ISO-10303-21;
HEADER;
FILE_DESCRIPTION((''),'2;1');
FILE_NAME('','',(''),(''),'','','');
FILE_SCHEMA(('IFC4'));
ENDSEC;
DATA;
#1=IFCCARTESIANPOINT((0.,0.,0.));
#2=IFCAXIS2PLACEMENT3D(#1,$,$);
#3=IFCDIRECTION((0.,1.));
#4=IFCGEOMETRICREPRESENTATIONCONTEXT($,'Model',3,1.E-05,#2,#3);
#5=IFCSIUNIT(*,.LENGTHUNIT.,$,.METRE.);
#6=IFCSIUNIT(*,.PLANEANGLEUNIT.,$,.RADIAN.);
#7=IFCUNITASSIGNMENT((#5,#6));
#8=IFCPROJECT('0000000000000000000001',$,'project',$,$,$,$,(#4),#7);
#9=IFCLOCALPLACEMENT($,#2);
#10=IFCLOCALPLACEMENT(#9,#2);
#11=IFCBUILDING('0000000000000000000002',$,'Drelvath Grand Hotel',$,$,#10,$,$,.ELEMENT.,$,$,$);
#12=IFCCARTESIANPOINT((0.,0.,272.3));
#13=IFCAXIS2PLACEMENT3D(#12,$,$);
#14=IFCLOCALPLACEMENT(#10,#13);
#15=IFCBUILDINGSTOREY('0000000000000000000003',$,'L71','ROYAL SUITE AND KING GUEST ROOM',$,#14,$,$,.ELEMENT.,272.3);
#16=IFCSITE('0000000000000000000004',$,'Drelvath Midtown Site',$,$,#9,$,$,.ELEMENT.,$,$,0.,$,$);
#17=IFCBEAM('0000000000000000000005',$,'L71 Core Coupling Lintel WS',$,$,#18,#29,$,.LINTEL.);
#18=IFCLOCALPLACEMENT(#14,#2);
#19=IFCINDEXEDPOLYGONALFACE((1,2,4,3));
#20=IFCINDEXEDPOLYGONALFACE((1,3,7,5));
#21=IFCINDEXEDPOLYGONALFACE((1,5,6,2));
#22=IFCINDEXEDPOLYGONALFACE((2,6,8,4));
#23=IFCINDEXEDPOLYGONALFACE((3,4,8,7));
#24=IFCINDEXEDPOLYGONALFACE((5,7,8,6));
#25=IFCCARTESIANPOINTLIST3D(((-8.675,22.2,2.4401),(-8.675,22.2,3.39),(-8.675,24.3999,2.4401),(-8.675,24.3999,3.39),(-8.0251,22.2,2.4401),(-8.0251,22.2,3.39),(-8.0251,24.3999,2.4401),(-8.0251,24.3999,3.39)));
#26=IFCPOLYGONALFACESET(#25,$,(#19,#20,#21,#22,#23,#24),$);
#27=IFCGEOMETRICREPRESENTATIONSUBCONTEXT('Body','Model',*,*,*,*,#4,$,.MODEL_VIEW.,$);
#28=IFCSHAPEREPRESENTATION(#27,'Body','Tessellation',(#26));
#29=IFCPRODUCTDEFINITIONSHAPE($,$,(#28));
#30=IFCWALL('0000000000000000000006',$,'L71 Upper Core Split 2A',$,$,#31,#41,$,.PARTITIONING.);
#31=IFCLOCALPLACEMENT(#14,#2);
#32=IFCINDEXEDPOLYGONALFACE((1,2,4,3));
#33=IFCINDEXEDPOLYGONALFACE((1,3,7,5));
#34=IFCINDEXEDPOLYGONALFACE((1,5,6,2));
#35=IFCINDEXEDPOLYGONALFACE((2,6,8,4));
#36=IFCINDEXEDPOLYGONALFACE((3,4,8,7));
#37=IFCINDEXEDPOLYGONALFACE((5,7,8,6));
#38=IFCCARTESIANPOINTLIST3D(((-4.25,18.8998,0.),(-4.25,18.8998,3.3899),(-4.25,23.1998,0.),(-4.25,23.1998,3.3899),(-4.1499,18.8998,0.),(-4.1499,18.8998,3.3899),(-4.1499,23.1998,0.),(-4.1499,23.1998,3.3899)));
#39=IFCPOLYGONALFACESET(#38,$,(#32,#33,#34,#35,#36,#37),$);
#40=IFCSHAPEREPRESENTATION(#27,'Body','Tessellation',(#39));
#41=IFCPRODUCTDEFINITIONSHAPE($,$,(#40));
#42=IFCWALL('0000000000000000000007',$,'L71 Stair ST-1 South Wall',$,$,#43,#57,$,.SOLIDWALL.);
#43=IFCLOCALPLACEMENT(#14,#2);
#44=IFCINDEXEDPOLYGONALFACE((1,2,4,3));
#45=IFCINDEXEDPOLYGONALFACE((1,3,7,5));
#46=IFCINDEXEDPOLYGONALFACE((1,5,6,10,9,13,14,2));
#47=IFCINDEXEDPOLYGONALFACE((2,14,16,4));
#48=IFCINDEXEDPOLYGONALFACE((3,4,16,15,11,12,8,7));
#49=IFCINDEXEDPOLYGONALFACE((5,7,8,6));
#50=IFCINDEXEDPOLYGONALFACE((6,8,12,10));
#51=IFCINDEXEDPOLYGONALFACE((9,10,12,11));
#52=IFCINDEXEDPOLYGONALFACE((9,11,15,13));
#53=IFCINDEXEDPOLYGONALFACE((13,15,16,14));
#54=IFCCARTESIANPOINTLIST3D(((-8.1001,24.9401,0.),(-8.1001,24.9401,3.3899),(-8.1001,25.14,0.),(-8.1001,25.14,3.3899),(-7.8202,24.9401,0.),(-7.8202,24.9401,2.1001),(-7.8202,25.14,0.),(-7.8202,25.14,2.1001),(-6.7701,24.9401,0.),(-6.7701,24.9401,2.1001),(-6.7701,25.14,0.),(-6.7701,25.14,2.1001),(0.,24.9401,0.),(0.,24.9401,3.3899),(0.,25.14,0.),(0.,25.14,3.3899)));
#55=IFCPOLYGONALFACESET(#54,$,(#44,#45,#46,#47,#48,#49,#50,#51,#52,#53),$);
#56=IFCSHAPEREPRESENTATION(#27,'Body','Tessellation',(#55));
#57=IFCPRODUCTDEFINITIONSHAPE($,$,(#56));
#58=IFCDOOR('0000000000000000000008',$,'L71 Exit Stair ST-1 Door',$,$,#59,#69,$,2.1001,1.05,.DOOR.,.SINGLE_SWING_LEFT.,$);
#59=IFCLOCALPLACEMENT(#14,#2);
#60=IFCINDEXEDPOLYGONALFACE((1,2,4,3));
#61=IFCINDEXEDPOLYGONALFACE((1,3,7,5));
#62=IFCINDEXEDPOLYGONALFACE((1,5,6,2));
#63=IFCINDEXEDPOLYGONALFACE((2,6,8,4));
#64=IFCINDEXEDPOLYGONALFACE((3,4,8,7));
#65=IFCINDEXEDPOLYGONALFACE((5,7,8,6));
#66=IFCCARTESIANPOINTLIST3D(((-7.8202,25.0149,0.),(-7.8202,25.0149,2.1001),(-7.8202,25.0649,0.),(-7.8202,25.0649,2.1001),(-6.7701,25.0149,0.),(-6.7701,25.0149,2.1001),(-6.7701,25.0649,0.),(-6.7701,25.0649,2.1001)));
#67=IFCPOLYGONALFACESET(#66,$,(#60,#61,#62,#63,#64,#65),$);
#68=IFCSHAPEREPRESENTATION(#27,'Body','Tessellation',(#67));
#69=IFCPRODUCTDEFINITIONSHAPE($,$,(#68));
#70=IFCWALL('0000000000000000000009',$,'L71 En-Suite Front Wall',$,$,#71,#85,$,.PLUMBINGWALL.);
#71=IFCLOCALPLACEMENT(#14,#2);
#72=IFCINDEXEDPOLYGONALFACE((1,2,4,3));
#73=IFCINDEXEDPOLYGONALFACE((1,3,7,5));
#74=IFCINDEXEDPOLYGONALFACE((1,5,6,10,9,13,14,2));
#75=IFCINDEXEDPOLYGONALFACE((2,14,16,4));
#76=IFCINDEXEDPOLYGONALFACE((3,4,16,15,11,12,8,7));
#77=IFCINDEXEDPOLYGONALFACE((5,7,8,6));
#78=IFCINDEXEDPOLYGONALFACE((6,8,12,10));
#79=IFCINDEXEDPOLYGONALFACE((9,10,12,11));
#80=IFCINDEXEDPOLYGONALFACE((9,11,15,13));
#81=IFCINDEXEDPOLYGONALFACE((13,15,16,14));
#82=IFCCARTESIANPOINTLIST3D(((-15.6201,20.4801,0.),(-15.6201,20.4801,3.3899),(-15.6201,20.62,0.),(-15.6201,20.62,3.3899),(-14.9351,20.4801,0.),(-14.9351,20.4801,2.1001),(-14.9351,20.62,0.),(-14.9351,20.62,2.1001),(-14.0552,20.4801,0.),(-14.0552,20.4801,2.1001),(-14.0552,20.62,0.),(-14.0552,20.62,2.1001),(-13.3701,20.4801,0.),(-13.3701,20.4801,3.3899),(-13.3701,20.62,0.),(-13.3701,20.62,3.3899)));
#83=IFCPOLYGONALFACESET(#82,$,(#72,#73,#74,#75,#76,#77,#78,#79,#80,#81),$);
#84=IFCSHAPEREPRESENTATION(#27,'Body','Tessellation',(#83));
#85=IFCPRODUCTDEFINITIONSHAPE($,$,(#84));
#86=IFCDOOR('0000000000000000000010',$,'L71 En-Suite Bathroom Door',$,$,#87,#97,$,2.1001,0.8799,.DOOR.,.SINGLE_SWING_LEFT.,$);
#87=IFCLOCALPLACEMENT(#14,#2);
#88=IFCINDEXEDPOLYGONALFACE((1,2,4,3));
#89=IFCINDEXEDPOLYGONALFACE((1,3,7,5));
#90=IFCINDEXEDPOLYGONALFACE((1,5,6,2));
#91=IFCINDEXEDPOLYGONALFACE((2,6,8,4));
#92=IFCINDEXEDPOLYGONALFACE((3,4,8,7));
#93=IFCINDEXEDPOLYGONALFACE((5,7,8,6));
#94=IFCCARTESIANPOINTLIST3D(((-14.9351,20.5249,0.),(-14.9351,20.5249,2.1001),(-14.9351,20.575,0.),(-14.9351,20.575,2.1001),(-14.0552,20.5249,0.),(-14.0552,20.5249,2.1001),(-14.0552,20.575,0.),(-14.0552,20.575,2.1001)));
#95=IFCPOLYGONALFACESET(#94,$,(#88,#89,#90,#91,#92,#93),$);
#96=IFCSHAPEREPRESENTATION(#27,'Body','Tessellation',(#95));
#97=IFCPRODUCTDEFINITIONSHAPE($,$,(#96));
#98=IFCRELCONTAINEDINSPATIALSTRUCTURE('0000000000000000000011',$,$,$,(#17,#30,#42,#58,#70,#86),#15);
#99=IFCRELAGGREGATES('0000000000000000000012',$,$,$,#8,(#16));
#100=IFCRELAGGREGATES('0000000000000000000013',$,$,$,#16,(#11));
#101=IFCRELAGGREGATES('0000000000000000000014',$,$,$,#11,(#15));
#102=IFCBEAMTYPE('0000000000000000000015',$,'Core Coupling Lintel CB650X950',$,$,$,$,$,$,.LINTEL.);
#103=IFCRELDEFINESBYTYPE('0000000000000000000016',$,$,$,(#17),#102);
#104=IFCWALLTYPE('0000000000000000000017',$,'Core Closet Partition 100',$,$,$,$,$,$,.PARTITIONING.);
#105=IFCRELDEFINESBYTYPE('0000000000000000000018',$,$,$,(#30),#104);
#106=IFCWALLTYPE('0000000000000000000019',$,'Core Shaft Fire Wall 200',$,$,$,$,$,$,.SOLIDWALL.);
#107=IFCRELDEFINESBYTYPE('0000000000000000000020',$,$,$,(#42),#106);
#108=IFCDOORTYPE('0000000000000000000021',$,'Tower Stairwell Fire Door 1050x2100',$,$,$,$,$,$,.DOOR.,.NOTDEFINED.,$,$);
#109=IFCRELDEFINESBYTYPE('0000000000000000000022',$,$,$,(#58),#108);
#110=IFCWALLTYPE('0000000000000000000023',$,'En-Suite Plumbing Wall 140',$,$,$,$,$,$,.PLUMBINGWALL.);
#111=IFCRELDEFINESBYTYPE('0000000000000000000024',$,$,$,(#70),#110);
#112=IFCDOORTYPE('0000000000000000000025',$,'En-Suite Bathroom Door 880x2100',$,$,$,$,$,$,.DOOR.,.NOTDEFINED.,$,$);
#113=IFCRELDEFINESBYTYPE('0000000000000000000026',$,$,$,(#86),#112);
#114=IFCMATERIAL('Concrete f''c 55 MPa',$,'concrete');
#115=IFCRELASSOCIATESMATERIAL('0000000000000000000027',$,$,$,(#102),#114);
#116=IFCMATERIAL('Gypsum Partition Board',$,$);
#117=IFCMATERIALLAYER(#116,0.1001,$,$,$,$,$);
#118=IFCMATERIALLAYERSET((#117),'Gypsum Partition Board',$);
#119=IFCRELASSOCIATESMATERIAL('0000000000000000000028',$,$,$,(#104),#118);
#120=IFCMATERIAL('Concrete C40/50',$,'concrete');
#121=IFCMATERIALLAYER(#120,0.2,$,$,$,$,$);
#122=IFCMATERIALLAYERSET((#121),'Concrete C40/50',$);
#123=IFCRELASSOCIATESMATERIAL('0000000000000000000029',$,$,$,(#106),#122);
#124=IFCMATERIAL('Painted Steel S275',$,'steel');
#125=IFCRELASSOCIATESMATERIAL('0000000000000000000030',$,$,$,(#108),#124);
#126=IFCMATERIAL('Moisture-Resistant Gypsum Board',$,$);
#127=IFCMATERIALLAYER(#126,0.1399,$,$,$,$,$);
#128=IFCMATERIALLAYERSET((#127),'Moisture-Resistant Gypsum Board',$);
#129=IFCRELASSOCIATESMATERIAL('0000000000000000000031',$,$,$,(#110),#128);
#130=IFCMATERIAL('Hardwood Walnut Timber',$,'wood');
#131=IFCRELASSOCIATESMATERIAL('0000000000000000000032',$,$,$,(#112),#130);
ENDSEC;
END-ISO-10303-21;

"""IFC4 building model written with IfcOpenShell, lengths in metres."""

from ifc_helpers import new_model, si_unit, direction, frame, frame_2d, origin, origin_2d, place, context, subcontext, project, spatial, rectangle, extrude, material, layer, layer_set, material_profile, profile_set, type_object, element, fill, save


model = new_model("IFC4")

# Units and contexts
model_context = context("Model", 3, precision=1e-05, world=origin(), true_north=direction((0.0, 1.0)))
body_context = subcontext(model_context, "Body", "Model", "MODEL_VIEW")
ifc_project = project(units=[si_unit("LENGTHUNIT", "METRE"), si_unit("PLANEANGLEUNIT", "RADIAN")], contexts=[model_context])

# Site, building, storey
site_placement = place(None, origin())
site = spatial("IfcSite", under=ifc_project, at=site_placement, Name="Drelvath Midtown Site", CompositionType="ELEMENT", RefElevation=0.0)
building_placement = place(site_placement, origin())
building = spatial("IfcBuilding", under=site, at=building_placement, Name="Drelvath Grand Hotel", CompositionType="ELEMENT")
storey_placement = place(building_placement, frame((0.0, 0.0, 272.3)))
storey = spatial("IfcBuildingStorey", under=building, at=storey_placement, Name="L71", Description="ROYAL SUITE AND KING GUEST ROOM", CompositionType="ELEMENT", Elevation=272.3)

# Beam
ifc_material_1 = material(Name="Concrete f'c 55 MPa", Category="concrete")
ifc_material_profile = material_profile(ifc_material_1, rectangle(XDim=0.6499, YDim=0.95, at=origin_2d()), Name="CB650X950")
ifc_profile_set = profile_set([ifc_material_profile], Name="Concrete f'c 55 MPa")
beam_type = type_object("IfcBeamType", Name="Core Coupling Lintel CB650X950", PredefinedType="LINTEL", material=ifc_profile_set)
beam_placement = place(storey_placement, frame((-8.3501, 22.2, 2.915), z_axis=(0.0, 1.0, 0.0), x_axis=(-1.0, 0.0, 0.0)))
element("IfcBeam", 1, at=beam_placement, inside=storey, type_object=beam_type, Name="L71 Core Coupling Lintel WS", PredefinedType="LINTEL", context=body_context, shape_type="SweptSolid", body=[
    extrude(rectangle(XDim=0.6499, YDim=0.95, at=origin_2d()), origin(), (0.0, 0.0, 1.0), 2.2),
])

# Wall
ifc_material_2 = material(Name="Gypsum Partition Board")
ifc_layer_1 = layer(ifc_material_2, 0.1001)
ifc_layer_set_1 = layer_set([ifc_layer_1], Name="Gypsum Partition Board")
wall_type_1 = type_object("IfcWallType", Name="Core Closet Partition 100", PredefinedType="PARTITIONING", material=ifc_layer_set_1)
wall_1_placement = place(storey_placement, frame((-4.2, 18.8999, 0.0), z_axis=(0.0, 0.0, 1.0), x_axis=(0.0, 1.0, 0.0)))
element("IfcWall", 2, at=wall_1_placement, inside=storey, type_object=wall_type_1, Name="L71 Upper Core Split 2A", PredefinedType="PARTITIONING", context=body_context, shape_type="SweptSolid", body=[
    extrude(rectangle(XDim=4.3, YDim=0.1001, at=frame_2d((2.1499, 0.0))), origin(), (0.0, 0.0, 1.0), 3.3899),
])

# Walls, openings, doors
ifc_material_3 = material(Name="Concrete C40/50", Category="concrete")
ifc_layer_2 = layer(ifc_material_3, 0.2)
ifc_layer_set_2 = layer_set([ifc_layer_2], Name="Concrete C40/50")
wall_type_2 = type_object("IfcWallType", Name="Core Shaft Fire Wall 200", PredefinedType="SOLIDWALL", material=ifc_layer_set_2)
wall_2_placement = place(storey_placement, frame((-8.1001, 25.04, 0.0), z_axis=(0.0, 0.0, 1.0), x_axis=(1.0, 0.0, 0.0)))
wall_2 = element("IfcWall", 3, at=wall_2_placement, inside=storey, type_object=wall_type_2, Name="L71 Stair ST-1 South Wall", PredefinedType="SOLIDWALL", context=body_context, shape_type="SweptSolid", body=[
    extrude(rectangle(XDim=8.1001, YDim=0.2, at=frame_2d((4.05, 0.0))), origin(), (0.0, 0.0, 1.0), 3.3899),
])
opening_1_placement = place(wall_2_placement, frame((0.28, 0.0, 0.0)))
opening_1 = element("IfcOpeningElement", 4, at=opening_1_placement, cuts=wall_2, PredefinedType="OPENING", context=body_context, shape_type="SweptSolid", body=[
    extrude(rectangle(XDim=1.05, YDim=2.1001, at=frame_2d((0.5249, 1.05))), frame((0.0, 0.1099, 0.0), z_axis=(0.0, -1.0, 0.0), x_axis=(1.0, 0.0, 0.0)), (0.0, 0.0, 1.0), 0.22),
])
ifc_material_4 = material(Name="Painted Steel S275", Category="steel")
door_type_1 = type_object("IfcDoorType", Name="Tower Stairwell Fire Door 1050x2100", OperationType="NOTDEFINED", PredefinedType="DOOR", material=ifc_material_4)
door_1_placement = place(opening_1_placement, origin())
door_1 = element("IfcDoor", 5, at=door_1_placement, inside=storey, type_object=door_type_1, Name="L71 Exit Stair ST-1 Door", OperationType="SINGLE_SWING_LEFT", OverallHeight=2.1001, OverallWidth=1.05, PredefinedType="DOOR", context=body_context, shape_type="SweptSolid", body=[
    extrude(rectangle(XDim=1.05, YDim=2.1001, at=frame_2d((0.5249, 1.05))), frame((0.0, 0.0249, 0.0), z_axis=(0.0, -1.0, 0.0), x_axis=(1.0, 0.0, 0.0)), (0.0, 0.0, 1.0), 0.05),
])
fill(opening_1, door_1)
ifc_material_5 = material(Name="Moisture-Resistant Gypsum Board")
ifc_layer_3 = layer(ifc_material_5, 0.1399)
ifc_layer_set_3 = layer_set([ifc_layer_3], Name="Moisture-Resistant Gypsum Board")
wall_type_3 = type_object("IfcWallType", Name="En-Suite Plumbing Wall 140", PredefinedType="PLUMBINGWALL", material=ifc_layer_set_3)
wall_3_placement = place(storey_placement, frame((-15.6201, 20.55, 0.0), z_axis=(0.0, 0.0, 1.0), x_axis=(1.0, 0.0, 0.0)))
wall_3 = element("IfcWall", 6, at=wall_3_placement, inside=storey, type_object=wall_type_3, Name="L71 En-Suite Front Wall", PredefinedType="PLUMBINGWALL", context=body_context, shape_type="SweptSolid", body=[
    extrude(rectangle(XDim=2.25, YDim=0.1399, at=frame_2d((1.125, 0.0))), origin(), (0.0, 0.0, 1.0), 3.3899),
])
opening_2_placement = place(wall_3_placement, frame((0.6851, 0.0, 0.0)))
opening_2 = element("IfcOpeningElement", 7, at=opening_2_placement, cuts=wall_3, PredefinedType="OPENING", context=body_context, shape_type="SweptSolid", body=[
    extrude(rectangle(XDim=0.8799, YDim=2.1001, at=frame_2d((0.4399, 1.05))), frame((0.0, 0.0798, 0.0), z_axis=(0.0, -1.0, 0.0), x_axis=(1.0, 0.0, 0.0)), (0.0, 0.0, 1.0), 0.1599),
])
ifc_material_6 = material(Name="Hardwood Walnut Timber", Category="wood")
door_type_2 = type_object("IfcDoorType", Name="En-Suite Bathroom Door 880x2100", OperationType="NOTDEFINED", PredefinedType="DOOR", material=ifc_material_6)
door_2_placement = place(opening_2_placement, origin())
door_2 = element("IfcDoor", 8, at=door_2_placement, inside=storey, type_object=door_type_2, Name="L71 En-Suite Bathroom Door", OperationType="SINGLE_SWING_LEFT", OverallHeight=2.1001, OverallWidth=0.8799, PredefinedType="DOOR", context=body_context, shape_type="SweptSolid", body=[
    extrude(rectangle(XDim=0.8799, YDim=2.1001, at=frame_2d((0.4399, 1.05))), frame((0.0, 0.0249, 0.0), z_axis=(0.0, -1.0, 0.0), x_axis=(1.0, 0.0, 0.0)), (0.0, 0.0, 1.0), 0.05),
])
fill(opening_2, door_2)

save(model, "model.ifc")
